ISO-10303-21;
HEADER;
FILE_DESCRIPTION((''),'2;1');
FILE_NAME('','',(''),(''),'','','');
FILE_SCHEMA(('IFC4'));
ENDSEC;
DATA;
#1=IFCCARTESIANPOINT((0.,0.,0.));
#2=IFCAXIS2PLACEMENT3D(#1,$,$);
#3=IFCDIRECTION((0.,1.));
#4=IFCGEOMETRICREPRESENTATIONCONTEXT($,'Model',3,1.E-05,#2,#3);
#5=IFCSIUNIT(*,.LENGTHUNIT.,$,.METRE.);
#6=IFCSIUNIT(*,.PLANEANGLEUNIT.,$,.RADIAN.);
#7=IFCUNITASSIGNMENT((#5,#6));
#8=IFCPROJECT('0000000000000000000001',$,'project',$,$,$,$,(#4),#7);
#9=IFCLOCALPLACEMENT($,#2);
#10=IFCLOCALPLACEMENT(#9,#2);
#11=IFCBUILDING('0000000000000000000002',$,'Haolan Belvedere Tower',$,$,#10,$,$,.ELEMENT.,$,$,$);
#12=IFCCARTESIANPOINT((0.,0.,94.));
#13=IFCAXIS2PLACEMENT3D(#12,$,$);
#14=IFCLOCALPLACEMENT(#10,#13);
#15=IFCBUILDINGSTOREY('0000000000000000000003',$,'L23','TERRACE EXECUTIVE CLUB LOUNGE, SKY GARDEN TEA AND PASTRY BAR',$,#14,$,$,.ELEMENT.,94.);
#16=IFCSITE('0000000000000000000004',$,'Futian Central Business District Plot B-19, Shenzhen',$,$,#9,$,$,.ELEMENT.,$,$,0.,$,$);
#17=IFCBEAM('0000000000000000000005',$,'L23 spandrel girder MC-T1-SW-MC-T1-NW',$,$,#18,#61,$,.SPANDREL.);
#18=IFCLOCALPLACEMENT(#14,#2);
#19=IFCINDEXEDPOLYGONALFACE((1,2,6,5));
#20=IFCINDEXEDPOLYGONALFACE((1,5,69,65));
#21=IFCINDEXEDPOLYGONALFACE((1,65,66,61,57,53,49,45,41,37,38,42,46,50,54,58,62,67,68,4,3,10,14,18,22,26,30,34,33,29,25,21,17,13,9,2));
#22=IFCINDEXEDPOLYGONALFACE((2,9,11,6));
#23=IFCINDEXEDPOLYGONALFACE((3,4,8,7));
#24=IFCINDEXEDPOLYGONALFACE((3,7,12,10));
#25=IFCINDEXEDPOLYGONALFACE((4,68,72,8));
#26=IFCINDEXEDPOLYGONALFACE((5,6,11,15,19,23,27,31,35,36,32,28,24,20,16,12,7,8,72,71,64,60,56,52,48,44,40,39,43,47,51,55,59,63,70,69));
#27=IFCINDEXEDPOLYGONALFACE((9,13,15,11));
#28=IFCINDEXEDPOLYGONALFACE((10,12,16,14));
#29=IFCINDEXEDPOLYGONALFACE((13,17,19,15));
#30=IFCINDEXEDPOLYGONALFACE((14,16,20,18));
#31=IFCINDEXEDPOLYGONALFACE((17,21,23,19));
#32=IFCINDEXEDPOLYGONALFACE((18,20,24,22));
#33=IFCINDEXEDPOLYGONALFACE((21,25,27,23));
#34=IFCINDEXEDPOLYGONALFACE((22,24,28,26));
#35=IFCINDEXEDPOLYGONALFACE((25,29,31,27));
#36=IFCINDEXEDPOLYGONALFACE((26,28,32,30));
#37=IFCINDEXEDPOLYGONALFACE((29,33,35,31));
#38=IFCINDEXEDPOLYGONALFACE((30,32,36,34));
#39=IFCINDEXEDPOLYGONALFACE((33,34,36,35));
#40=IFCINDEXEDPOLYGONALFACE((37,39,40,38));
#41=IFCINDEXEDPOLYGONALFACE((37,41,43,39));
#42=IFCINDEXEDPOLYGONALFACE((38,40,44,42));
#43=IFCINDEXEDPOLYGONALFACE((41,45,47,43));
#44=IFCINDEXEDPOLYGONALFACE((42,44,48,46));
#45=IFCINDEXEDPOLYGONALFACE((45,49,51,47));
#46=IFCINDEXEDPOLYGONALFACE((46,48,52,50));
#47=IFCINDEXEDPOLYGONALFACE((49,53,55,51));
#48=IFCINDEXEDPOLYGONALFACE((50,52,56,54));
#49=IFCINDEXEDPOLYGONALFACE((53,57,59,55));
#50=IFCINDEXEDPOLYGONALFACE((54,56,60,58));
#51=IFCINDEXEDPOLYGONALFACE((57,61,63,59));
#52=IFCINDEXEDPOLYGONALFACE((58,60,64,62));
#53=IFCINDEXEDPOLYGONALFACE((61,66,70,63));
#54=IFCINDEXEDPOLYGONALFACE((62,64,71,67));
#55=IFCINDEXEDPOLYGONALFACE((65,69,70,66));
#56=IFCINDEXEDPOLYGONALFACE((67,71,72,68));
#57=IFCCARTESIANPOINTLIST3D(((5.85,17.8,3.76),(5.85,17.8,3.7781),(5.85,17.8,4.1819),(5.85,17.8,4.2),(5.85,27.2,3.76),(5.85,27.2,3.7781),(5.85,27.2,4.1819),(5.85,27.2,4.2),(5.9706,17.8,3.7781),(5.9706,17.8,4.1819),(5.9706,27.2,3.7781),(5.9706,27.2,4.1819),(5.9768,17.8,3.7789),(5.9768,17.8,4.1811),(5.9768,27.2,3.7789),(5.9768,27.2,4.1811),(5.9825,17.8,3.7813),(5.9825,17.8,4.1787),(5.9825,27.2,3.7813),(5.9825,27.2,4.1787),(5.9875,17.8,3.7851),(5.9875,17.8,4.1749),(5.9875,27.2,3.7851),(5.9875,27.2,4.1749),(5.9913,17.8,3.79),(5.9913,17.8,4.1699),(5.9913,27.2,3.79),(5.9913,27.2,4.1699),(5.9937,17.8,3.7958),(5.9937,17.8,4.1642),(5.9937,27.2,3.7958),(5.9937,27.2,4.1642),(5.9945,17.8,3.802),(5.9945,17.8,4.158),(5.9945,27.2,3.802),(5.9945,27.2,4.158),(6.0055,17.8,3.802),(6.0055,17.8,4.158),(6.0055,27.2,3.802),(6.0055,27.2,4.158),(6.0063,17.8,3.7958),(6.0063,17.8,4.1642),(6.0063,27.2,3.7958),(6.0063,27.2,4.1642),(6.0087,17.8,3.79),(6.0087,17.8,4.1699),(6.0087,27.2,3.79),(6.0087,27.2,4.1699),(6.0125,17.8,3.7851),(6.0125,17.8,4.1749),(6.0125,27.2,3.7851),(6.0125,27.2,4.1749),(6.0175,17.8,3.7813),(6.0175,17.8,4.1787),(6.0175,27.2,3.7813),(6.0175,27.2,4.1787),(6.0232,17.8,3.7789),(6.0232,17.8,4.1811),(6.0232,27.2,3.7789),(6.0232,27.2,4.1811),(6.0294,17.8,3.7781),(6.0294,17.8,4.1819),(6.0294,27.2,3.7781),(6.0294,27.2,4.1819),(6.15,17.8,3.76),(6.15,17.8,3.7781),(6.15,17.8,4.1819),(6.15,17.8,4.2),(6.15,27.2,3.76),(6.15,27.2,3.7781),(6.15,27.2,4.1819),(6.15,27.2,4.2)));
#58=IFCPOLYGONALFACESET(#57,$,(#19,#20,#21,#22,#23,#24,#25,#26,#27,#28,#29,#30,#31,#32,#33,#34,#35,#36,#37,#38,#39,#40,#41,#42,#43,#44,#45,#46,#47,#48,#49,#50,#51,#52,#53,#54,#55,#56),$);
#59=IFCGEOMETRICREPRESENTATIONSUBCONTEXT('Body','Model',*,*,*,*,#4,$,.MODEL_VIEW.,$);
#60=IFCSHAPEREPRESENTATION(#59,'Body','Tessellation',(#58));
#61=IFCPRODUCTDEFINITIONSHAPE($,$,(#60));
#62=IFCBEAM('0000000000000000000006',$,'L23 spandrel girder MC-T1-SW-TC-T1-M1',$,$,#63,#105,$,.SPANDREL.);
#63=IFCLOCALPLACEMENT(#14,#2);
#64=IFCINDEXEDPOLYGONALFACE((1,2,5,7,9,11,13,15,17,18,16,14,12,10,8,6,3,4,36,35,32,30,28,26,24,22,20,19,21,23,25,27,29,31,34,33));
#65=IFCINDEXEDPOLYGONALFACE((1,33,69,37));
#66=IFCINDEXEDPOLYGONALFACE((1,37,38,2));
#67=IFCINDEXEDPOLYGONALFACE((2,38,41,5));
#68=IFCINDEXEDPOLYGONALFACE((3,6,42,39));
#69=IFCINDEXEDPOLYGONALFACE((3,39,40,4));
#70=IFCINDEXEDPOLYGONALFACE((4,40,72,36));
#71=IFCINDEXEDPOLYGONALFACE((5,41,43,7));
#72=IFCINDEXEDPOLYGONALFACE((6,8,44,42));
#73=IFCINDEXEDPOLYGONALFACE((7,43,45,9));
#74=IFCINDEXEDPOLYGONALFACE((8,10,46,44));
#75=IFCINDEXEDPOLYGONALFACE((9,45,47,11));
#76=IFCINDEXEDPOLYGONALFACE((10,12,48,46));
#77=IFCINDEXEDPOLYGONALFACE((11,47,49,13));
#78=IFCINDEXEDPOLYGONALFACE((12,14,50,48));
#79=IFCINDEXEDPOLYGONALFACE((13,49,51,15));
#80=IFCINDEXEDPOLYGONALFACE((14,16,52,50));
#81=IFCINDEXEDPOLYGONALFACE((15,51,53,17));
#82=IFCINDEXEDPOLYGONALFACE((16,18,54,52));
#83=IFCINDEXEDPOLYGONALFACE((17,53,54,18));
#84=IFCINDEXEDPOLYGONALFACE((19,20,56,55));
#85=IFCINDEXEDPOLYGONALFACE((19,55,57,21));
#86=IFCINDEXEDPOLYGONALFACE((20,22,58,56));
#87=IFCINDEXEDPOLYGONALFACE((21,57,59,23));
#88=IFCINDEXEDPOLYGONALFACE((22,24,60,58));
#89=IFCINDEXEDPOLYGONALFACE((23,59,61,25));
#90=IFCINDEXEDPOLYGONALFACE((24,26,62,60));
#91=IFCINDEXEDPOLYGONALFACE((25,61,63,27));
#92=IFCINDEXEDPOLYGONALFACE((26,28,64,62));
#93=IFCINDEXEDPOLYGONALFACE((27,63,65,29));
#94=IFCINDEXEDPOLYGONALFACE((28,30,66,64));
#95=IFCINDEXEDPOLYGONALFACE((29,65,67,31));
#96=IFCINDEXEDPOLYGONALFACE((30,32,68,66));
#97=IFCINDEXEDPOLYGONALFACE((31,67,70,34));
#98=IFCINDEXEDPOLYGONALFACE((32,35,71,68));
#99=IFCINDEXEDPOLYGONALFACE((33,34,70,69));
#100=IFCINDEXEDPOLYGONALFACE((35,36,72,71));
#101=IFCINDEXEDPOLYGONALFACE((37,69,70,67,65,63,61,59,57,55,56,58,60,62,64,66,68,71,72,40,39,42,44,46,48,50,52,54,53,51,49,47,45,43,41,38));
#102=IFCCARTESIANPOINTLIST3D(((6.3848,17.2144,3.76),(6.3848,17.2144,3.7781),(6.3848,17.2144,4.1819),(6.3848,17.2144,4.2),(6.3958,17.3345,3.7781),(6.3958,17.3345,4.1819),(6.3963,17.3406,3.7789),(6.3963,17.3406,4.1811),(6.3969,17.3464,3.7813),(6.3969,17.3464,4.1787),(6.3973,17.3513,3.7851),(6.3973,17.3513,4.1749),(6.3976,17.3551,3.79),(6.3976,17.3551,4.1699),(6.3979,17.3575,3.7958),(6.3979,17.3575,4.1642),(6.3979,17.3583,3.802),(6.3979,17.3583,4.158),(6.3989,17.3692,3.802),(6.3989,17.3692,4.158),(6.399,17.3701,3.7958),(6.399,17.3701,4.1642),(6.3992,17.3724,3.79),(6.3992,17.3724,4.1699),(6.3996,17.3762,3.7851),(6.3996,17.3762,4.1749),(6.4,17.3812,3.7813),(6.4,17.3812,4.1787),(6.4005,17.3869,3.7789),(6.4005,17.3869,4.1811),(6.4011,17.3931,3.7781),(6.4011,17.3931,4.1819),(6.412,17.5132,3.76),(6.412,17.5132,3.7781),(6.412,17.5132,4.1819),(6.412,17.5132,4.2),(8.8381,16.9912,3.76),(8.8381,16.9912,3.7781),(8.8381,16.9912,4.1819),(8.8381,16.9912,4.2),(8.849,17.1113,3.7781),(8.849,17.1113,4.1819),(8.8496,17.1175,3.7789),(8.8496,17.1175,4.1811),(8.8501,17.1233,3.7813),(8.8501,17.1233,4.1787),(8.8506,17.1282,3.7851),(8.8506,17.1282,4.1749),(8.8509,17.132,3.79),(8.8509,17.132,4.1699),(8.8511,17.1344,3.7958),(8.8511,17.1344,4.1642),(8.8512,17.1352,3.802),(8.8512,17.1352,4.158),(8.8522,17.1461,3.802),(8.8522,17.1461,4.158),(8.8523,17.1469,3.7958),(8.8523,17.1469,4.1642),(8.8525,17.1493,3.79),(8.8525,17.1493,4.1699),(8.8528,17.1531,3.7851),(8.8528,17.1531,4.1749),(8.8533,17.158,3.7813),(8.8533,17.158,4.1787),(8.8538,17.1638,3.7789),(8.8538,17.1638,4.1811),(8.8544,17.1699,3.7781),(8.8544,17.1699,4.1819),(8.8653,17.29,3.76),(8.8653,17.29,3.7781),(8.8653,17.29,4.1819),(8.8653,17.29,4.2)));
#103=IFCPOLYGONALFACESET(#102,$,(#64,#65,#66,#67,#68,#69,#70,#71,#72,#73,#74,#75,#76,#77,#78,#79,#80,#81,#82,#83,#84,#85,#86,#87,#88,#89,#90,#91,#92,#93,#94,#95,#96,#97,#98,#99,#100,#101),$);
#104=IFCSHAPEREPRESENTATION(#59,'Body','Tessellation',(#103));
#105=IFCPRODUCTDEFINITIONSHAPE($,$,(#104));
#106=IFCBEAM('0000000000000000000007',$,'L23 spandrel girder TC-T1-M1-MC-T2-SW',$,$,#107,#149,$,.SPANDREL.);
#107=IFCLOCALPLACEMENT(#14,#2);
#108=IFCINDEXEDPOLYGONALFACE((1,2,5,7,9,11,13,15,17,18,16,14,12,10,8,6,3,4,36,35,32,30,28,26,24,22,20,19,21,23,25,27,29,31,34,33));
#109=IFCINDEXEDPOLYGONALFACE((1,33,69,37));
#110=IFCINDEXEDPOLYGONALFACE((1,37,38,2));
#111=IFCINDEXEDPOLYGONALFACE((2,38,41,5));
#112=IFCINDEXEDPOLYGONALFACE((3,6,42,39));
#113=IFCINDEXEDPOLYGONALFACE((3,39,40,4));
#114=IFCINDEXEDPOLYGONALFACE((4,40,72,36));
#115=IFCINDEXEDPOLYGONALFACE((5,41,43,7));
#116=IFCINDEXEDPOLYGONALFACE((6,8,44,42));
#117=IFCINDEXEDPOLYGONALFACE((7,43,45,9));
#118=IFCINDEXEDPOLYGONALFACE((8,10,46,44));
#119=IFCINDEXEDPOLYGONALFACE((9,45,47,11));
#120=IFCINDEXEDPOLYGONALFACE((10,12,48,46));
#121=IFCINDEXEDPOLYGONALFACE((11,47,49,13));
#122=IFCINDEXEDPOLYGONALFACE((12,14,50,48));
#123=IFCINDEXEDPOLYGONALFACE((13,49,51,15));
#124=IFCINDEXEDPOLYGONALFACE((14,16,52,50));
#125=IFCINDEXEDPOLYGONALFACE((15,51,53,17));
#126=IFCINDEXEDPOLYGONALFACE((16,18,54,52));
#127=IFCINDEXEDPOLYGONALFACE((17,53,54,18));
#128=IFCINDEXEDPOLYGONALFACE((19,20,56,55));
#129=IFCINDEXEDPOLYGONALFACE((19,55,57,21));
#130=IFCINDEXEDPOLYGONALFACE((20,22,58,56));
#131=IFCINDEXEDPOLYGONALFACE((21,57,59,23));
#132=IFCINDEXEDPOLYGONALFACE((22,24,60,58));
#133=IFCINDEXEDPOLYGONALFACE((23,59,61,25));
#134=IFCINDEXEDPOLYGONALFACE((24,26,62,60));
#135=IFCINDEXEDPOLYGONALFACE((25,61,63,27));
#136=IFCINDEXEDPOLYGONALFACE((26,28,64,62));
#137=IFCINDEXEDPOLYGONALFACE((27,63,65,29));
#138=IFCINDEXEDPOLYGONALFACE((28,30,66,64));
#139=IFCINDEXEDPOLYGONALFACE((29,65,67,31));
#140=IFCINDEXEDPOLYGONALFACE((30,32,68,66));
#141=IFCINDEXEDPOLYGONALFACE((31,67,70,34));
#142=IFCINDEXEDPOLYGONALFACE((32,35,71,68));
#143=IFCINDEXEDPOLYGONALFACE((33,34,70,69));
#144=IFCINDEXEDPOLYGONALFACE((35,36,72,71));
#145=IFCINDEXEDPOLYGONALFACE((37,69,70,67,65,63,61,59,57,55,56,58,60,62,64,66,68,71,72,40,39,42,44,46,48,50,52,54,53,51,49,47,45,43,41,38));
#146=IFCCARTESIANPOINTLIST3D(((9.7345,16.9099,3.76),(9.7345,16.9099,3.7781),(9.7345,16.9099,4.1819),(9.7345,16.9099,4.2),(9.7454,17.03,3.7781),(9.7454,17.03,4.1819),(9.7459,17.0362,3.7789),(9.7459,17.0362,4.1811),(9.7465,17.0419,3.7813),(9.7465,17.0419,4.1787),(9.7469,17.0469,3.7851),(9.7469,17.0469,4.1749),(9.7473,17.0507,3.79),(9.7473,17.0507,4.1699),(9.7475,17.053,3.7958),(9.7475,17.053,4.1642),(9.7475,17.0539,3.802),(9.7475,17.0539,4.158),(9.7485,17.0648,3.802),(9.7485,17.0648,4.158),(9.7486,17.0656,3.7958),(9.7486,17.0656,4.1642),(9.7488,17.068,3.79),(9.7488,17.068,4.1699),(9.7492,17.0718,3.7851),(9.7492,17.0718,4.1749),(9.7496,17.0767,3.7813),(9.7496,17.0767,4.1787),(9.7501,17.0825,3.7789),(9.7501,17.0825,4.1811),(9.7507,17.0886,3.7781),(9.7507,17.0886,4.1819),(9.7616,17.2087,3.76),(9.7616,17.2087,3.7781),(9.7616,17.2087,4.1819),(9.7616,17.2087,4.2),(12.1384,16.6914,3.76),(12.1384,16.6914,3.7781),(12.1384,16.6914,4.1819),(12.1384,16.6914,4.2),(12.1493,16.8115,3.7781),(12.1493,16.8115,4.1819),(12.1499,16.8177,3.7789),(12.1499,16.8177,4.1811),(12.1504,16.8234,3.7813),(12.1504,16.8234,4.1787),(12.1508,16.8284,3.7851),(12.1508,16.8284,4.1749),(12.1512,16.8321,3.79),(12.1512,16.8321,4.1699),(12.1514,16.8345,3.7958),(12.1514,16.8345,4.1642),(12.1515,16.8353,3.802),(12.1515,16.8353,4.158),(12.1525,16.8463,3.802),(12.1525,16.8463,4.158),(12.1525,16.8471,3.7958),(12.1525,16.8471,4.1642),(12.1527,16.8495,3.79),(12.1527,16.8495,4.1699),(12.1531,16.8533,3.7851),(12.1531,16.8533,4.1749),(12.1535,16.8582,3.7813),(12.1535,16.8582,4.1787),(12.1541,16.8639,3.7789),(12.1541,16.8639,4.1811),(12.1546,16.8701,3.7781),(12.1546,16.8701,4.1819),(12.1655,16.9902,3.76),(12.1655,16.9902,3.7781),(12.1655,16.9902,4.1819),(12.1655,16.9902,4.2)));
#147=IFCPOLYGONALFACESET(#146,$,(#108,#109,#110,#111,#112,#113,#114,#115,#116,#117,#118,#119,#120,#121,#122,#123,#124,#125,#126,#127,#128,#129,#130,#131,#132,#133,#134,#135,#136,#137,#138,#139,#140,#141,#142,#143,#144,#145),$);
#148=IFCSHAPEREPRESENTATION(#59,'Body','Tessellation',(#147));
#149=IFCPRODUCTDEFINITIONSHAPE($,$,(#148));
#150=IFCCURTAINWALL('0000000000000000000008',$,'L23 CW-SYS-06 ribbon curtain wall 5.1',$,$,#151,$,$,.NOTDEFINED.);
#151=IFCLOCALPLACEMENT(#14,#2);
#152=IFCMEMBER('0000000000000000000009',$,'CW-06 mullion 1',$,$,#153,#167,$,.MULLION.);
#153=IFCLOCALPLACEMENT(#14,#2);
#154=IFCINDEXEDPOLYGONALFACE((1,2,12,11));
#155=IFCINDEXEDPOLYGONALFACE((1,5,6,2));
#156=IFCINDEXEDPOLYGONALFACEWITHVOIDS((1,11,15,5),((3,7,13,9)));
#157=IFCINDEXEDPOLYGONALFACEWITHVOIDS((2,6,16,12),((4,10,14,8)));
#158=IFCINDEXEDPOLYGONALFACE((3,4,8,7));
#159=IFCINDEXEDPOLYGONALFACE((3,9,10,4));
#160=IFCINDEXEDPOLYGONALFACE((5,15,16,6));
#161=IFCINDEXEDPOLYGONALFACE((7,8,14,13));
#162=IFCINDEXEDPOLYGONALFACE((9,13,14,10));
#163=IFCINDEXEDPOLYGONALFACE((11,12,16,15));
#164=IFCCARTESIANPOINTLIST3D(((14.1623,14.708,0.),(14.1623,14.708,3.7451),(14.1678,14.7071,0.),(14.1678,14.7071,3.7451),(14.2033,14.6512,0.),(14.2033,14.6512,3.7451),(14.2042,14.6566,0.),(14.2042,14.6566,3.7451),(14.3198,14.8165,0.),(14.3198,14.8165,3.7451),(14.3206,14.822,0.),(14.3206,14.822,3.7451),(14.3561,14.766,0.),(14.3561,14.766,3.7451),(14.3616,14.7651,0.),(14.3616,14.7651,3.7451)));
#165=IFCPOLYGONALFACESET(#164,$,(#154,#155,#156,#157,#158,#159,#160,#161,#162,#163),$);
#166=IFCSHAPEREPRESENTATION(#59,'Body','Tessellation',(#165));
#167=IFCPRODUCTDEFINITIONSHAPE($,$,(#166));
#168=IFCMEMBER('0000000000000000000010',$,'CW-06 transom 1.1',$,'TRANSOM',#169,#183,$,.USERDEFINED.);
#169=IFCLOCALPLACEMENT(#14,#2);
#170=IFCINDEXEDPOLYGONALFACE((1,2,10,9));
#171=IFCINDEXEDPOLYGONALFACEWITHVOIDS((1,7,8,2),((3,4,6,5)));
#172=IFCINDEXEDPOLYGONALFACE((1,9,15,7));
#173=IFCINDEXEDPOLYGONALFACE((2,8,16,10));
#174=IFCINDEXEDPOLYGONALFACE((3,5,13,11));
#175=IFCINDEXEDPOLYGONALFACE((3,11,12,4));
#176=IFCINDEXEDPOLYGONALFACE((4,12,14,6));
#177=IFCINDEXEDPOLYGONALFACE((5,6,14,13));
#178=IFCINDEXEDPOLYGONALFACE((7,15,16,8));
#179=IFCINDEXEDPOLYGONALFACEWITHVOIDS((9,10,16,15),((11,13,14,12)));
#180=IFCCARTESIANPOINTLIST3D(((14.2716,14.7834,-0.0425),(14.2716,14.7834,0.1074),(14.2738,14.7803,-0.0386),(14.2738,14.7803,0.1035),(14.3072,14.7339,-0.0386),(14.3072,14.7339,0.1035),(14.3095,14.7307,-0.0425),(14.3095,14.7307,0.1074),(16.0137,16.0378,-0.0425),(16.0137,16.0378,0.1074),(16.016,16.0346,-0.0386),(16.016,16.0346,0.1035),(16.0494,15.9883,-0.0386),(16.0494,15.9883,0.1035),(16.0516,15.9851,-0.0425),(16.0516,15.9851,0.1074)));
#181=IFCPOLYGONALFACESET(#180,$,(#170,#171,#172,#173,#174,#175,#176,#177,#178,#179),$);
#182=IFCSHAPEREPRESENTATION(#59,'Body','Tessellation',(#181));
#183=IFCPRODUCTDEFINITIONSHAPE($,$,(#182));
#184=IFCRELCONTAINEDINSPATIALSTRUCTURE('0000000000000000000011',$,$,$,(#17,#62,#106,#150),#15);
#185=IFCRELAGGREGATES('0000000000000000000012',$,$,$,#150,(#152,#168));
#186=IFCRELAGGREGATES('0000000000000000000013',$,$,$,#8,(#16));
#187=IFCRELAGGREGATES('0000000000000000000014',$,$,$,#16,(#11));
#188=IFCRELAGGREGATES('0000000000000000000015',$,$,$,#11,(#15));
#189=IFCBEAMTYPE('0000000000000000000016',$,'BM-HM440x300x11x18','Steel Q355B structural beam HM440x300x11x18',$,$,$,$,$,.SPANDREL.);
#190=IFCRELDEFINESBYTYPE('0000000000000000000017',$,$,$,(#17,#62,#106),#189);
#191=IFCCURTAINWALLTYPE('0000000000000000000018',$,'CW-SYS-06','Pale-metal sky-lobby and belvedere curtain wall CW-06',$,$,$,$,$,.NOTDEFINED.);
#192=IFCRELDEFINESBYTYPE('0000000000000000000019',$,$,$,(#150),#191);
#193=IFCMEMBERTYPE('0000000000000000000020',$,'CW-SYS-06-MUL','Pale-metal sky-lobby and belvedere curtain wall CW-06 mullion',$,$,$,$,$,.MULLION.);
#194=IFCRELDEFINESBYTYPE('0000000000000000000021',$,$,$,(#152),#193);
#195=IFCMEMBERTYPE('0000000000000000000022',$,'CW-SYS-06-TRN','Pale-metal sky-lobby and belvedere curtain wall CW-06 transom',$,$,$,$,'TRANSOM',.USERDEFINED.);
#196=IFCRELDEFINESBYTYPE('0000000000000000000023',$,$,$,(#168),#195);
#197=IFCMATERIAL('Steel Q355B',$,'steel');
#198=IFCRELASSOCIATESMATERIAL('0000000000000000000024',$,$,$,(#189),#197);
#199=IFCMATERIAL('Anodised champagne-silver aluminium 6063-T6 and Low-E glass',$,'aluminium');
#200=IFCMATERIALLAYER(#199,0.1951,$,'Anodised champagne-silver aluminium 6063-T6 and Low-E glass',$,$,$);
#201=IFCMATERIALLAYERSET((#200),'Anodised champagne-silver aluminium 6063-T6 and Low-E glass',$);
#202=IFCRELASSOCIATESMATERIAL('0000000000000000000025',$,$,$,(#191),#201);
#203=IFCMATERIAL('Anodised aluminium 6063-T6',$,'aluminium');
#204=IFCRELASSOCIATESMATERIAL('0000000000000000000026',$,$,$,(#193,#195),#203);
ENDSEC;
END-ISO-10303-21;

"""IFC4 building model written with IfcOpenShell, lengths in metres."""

from ifc_helpers import new_model, si_unit, direction, frame, origin, origin_2d, place, context, subcontext, project, spatial, hollow_rectangle, i_section, extrude, material, layer, layer_set, material_profile, profile_set, type_object, element, aggregate, save


model = new_model("IFC4")

# Units and contexts
model_context = context("Model", 3, precision=1e-05, world=origin(), true_north=direction((0.0, 1.0)))
body_context = subcontext(model_context, "Body", "Model", "MODEL_VIEW")
ifc_project = project(units=[si_unit("LENGTHUNIT", "METRE"), si_unit("PLANEANGLEUNIT", "RADIAN")], contexts=[model_context])

# Site, building, storey
site_placement = place(None, origin())
site = spatial("IfcSite", under=ifc_project, at=site_placement, Name="Futian Central Business District Plot B-19, Shenzhen", CompositionType="ELEMENT", RefElevation=0.0)
building_placement = place(site_placement, origin())
building = spatial("IfcBuilding", under=site, at=building_placement, Name="Haolan Belvedere Tower", CompositionType="ELEMENT")
storey_placement = place(building_placement, frame((0.0, 0.0, 94.0)))
storey = spatial("IfcBuildingStorey", under=building, at=storey_placement, Name="L23", Description="TERRACE EXECUTIVE CLUB LOUNGE, SKY GARDEN TEA AND PASTRY BAR", CompositionType="ELEMENT", Elevation=94.0)

# Beams
ifc_material_1 = material(Name="Steel Q355B", Category="steel")
ifc_material_profile_1 = material_profile(ifc_material_1, i_section(OverallWidth=0.3, OverallDepth=0.4399, WebThickness=0.011, FlangeThickness=0.0181, FilletRadius=0.0239, at=origin_2d()), Name="Steel Q355B")
ifc_profile_set_1 = profile_set([ifc_material_profile_1], Name="Steel Q355B")
beam_type = type_object("IfcBeamType", Name="BM-HM440x300x11x18", Description="Steel Q355B structural beam HM440x300x11x18", PredefinedType="SPANDREL", material=ifc_profile_set_1)
beam_1_placement = place(storey_placement, frame((6.0, 17.8, 3.98), z_axis=(0.0, 1.0, 0.0), x_axis=(-1.0, 0.0, 0.0)))
element("IfcBeam", 1, at=beam_1_placement, inside=storey, type_object=beam_type, Name="L23 spandrel girder MC-T1-SW-MC-T1-NW", PredefinedType="SPANDREL", context=body_context, shape_type="SweptSolid", body=[
    extrude(i_section(OverallWidth=0.3, OverallDepth=0.4399, WebThickness=0.011, FlangeThickness=0.0181, FilletRadius=0.0239, at=origin_2d()), origin(), (0.0, 0.0, 1.0), 9.3999),
])
beam_2_placement = place(storey_placement, frame((6.3984, 17.3638, 3.98), z_axis=(0.995889, -0.09058, 0.0), x_axis=(0.09058, 0.995889, 0.0)))
element("IfcBeam", 2, at=beam_2_placement, inside=storey, type_object=beam_type, Name="L23 spandrel girder MC-T1-SW-TC-T1-M1", PredefinedType="SPANDREL", context=body_context, shape_type="SweptSolid", body=[
    extrude(i_section(OverallWidth=0.3, OverallDepth=0.4399, WebThickness=0.011, FlangeThickness=0.0181, FilletRadius=0.0239, at=origin_2d()), origin(), (0.0, 0.0, 1.0), 2.4634),
])
beam_3_placement = place(storey_placement, frame((9.748, 17.0593, 3.98), z_axis=(0.995894, -0.090527, 0.0), x_axis=(0.090527, 0.995894, 0.0)))
element("IfcBeam", 3, at=beam_3_placement, inside=storey, type_object=beam_type, Name="L23 spandrel girder TC-T1-M1-MC-T2-SW", PredefinedType="SPANDREL", context=body_context, shape_type="SweptSolid", body=[
    extrude(i_section(OverallWidth=0.3, OverallDepth=0.4399, WebThickness=0.011, FlangeThickness=0.0181, FilletRadius=0.0239, at=origin_2d()), origin(), (0.0, 0.0, 1.0), 2.4138),
])

# Curtain wall, members
ifc_material_2 = material(Name="Anodised champagne-silver aluminium 6063-T6 and Low-E glass", Category="aluminium")
ifc_layer_1 = layer(ifc_material_2, 0.1951, Name="Anodised champagne-silver aluminium 6063-T6 and Low-E glass")
ifc_layer_set_1 = layer_set([ifc_layer_1], Name="Anodised champagne-silver aluminium 6063-T6 and Low-E glass")
curtain_wall_type = type_object("IfcCurtainWallType", Name="CW-SYS-06", Description="Pale-metal sky-lobby and belvedere curtain wall CW-06", PredefinedType="NOTDEFINED", material=ifc_layer_set_1)
curtain_wall_placement = place(storey_placement, origin())
curtain_wall = element("IfcCurtainWall", 4, at=curtain_wall_placement, inside=storey, type_object=curtain_wall_type, Name="L23 CW-SYS-06 ribbon curtain wall 5.1", PredefinedType="NOTDEFINED")
ifc_material_3 = material(Name="Anodised aluminium 6063-T6", Category="aluminium")
ifc_material_profile_2 = material_profile(ifc_material_3, hollow_rectangle(XDim=0.0701, YDim=0.1951, WallThickness=0.0039, at=origin_2d()), Name="Anodised aluminium 6063-T6")
ifc_profile_set_2 = profile_set([ifc_material_profile_2], Name="Anodised aluminium 6063-T6")
member_type_1 = type_object("IfcMemberType", Name="CW-SYS-06-MUL", Description="Pale-metal sky-lobby and belvedere curtain wall CW-06 mullion", PredefinedType="MULLION", material=ifc_profile_set_2)
member_1_placement = place(storey_placement, frame((14.262, 14.7366, 0.0), z_axis=(0.0, 0.0, 1.0), x_axis=(-0.584297, 0.81154, 0.0)))
member_1 = element("IfcMember", 5, at=member_1_placement, type_object=member_type_1, Name="CW-06 mullion 1", PredefinedType="MULLION", context=body_context, shape_type="SweptSolid", body=[
    extrude(hollow_rectangle(XDim=0.0701, YDim=0.1951, WallThickness=0.0039, at=origin_2d()), origin(), (0.0, 0.0, 1.0), 3.7451),
])
ifc_material_profile_3 = material_profile(ifc_material_3, hollow_rectangle(XDim=0.0649, YDim=0.1499, WallThickness=0.0039, at=origin_2d()), Name="Anodised aluminium 6063-T6")
ifc_profile_set_3 = profile_set([ifc_material_profile_3], Name="Anodised aluminium 6063-T6")
member_type_2 = type_object("IfcMemberType", Name="CW-SYS-06-TRN", Description="Pale-metal sky-lobby and belvedere curtain wall CW-06 transom", ElementType="TRANSOM", PredefinedType="USERDEFINED", material=ifc_profile_set_3)
member_2_placement = place(storey_placement, frame((14.2905, 14.7571, 0.0325), z_axis=(0.81153, 0.584311, 0.0), x_axis=(-0.584311, 0.81153, 0.0)))
member_2 = element("IfcMember", 6, at=member_2_placement, type_object=member_type_2, Name="CW-06 transom 1.1", ObjectType="TRANSOM", PredefinedType="USERDEFINED", context=body_context, shape_type="SweptSolid", body=[
    extrude(hollow_rectangle(XDim=0.0649, YDim=0.1499, WallThickness=0.0039, at=origin_2d()), origin(), (0.0, 0.0, 1.0), 2.1467),
])
aggregate(curtain_wall, [member_1, member_2])

save(model, "model.ifc")
